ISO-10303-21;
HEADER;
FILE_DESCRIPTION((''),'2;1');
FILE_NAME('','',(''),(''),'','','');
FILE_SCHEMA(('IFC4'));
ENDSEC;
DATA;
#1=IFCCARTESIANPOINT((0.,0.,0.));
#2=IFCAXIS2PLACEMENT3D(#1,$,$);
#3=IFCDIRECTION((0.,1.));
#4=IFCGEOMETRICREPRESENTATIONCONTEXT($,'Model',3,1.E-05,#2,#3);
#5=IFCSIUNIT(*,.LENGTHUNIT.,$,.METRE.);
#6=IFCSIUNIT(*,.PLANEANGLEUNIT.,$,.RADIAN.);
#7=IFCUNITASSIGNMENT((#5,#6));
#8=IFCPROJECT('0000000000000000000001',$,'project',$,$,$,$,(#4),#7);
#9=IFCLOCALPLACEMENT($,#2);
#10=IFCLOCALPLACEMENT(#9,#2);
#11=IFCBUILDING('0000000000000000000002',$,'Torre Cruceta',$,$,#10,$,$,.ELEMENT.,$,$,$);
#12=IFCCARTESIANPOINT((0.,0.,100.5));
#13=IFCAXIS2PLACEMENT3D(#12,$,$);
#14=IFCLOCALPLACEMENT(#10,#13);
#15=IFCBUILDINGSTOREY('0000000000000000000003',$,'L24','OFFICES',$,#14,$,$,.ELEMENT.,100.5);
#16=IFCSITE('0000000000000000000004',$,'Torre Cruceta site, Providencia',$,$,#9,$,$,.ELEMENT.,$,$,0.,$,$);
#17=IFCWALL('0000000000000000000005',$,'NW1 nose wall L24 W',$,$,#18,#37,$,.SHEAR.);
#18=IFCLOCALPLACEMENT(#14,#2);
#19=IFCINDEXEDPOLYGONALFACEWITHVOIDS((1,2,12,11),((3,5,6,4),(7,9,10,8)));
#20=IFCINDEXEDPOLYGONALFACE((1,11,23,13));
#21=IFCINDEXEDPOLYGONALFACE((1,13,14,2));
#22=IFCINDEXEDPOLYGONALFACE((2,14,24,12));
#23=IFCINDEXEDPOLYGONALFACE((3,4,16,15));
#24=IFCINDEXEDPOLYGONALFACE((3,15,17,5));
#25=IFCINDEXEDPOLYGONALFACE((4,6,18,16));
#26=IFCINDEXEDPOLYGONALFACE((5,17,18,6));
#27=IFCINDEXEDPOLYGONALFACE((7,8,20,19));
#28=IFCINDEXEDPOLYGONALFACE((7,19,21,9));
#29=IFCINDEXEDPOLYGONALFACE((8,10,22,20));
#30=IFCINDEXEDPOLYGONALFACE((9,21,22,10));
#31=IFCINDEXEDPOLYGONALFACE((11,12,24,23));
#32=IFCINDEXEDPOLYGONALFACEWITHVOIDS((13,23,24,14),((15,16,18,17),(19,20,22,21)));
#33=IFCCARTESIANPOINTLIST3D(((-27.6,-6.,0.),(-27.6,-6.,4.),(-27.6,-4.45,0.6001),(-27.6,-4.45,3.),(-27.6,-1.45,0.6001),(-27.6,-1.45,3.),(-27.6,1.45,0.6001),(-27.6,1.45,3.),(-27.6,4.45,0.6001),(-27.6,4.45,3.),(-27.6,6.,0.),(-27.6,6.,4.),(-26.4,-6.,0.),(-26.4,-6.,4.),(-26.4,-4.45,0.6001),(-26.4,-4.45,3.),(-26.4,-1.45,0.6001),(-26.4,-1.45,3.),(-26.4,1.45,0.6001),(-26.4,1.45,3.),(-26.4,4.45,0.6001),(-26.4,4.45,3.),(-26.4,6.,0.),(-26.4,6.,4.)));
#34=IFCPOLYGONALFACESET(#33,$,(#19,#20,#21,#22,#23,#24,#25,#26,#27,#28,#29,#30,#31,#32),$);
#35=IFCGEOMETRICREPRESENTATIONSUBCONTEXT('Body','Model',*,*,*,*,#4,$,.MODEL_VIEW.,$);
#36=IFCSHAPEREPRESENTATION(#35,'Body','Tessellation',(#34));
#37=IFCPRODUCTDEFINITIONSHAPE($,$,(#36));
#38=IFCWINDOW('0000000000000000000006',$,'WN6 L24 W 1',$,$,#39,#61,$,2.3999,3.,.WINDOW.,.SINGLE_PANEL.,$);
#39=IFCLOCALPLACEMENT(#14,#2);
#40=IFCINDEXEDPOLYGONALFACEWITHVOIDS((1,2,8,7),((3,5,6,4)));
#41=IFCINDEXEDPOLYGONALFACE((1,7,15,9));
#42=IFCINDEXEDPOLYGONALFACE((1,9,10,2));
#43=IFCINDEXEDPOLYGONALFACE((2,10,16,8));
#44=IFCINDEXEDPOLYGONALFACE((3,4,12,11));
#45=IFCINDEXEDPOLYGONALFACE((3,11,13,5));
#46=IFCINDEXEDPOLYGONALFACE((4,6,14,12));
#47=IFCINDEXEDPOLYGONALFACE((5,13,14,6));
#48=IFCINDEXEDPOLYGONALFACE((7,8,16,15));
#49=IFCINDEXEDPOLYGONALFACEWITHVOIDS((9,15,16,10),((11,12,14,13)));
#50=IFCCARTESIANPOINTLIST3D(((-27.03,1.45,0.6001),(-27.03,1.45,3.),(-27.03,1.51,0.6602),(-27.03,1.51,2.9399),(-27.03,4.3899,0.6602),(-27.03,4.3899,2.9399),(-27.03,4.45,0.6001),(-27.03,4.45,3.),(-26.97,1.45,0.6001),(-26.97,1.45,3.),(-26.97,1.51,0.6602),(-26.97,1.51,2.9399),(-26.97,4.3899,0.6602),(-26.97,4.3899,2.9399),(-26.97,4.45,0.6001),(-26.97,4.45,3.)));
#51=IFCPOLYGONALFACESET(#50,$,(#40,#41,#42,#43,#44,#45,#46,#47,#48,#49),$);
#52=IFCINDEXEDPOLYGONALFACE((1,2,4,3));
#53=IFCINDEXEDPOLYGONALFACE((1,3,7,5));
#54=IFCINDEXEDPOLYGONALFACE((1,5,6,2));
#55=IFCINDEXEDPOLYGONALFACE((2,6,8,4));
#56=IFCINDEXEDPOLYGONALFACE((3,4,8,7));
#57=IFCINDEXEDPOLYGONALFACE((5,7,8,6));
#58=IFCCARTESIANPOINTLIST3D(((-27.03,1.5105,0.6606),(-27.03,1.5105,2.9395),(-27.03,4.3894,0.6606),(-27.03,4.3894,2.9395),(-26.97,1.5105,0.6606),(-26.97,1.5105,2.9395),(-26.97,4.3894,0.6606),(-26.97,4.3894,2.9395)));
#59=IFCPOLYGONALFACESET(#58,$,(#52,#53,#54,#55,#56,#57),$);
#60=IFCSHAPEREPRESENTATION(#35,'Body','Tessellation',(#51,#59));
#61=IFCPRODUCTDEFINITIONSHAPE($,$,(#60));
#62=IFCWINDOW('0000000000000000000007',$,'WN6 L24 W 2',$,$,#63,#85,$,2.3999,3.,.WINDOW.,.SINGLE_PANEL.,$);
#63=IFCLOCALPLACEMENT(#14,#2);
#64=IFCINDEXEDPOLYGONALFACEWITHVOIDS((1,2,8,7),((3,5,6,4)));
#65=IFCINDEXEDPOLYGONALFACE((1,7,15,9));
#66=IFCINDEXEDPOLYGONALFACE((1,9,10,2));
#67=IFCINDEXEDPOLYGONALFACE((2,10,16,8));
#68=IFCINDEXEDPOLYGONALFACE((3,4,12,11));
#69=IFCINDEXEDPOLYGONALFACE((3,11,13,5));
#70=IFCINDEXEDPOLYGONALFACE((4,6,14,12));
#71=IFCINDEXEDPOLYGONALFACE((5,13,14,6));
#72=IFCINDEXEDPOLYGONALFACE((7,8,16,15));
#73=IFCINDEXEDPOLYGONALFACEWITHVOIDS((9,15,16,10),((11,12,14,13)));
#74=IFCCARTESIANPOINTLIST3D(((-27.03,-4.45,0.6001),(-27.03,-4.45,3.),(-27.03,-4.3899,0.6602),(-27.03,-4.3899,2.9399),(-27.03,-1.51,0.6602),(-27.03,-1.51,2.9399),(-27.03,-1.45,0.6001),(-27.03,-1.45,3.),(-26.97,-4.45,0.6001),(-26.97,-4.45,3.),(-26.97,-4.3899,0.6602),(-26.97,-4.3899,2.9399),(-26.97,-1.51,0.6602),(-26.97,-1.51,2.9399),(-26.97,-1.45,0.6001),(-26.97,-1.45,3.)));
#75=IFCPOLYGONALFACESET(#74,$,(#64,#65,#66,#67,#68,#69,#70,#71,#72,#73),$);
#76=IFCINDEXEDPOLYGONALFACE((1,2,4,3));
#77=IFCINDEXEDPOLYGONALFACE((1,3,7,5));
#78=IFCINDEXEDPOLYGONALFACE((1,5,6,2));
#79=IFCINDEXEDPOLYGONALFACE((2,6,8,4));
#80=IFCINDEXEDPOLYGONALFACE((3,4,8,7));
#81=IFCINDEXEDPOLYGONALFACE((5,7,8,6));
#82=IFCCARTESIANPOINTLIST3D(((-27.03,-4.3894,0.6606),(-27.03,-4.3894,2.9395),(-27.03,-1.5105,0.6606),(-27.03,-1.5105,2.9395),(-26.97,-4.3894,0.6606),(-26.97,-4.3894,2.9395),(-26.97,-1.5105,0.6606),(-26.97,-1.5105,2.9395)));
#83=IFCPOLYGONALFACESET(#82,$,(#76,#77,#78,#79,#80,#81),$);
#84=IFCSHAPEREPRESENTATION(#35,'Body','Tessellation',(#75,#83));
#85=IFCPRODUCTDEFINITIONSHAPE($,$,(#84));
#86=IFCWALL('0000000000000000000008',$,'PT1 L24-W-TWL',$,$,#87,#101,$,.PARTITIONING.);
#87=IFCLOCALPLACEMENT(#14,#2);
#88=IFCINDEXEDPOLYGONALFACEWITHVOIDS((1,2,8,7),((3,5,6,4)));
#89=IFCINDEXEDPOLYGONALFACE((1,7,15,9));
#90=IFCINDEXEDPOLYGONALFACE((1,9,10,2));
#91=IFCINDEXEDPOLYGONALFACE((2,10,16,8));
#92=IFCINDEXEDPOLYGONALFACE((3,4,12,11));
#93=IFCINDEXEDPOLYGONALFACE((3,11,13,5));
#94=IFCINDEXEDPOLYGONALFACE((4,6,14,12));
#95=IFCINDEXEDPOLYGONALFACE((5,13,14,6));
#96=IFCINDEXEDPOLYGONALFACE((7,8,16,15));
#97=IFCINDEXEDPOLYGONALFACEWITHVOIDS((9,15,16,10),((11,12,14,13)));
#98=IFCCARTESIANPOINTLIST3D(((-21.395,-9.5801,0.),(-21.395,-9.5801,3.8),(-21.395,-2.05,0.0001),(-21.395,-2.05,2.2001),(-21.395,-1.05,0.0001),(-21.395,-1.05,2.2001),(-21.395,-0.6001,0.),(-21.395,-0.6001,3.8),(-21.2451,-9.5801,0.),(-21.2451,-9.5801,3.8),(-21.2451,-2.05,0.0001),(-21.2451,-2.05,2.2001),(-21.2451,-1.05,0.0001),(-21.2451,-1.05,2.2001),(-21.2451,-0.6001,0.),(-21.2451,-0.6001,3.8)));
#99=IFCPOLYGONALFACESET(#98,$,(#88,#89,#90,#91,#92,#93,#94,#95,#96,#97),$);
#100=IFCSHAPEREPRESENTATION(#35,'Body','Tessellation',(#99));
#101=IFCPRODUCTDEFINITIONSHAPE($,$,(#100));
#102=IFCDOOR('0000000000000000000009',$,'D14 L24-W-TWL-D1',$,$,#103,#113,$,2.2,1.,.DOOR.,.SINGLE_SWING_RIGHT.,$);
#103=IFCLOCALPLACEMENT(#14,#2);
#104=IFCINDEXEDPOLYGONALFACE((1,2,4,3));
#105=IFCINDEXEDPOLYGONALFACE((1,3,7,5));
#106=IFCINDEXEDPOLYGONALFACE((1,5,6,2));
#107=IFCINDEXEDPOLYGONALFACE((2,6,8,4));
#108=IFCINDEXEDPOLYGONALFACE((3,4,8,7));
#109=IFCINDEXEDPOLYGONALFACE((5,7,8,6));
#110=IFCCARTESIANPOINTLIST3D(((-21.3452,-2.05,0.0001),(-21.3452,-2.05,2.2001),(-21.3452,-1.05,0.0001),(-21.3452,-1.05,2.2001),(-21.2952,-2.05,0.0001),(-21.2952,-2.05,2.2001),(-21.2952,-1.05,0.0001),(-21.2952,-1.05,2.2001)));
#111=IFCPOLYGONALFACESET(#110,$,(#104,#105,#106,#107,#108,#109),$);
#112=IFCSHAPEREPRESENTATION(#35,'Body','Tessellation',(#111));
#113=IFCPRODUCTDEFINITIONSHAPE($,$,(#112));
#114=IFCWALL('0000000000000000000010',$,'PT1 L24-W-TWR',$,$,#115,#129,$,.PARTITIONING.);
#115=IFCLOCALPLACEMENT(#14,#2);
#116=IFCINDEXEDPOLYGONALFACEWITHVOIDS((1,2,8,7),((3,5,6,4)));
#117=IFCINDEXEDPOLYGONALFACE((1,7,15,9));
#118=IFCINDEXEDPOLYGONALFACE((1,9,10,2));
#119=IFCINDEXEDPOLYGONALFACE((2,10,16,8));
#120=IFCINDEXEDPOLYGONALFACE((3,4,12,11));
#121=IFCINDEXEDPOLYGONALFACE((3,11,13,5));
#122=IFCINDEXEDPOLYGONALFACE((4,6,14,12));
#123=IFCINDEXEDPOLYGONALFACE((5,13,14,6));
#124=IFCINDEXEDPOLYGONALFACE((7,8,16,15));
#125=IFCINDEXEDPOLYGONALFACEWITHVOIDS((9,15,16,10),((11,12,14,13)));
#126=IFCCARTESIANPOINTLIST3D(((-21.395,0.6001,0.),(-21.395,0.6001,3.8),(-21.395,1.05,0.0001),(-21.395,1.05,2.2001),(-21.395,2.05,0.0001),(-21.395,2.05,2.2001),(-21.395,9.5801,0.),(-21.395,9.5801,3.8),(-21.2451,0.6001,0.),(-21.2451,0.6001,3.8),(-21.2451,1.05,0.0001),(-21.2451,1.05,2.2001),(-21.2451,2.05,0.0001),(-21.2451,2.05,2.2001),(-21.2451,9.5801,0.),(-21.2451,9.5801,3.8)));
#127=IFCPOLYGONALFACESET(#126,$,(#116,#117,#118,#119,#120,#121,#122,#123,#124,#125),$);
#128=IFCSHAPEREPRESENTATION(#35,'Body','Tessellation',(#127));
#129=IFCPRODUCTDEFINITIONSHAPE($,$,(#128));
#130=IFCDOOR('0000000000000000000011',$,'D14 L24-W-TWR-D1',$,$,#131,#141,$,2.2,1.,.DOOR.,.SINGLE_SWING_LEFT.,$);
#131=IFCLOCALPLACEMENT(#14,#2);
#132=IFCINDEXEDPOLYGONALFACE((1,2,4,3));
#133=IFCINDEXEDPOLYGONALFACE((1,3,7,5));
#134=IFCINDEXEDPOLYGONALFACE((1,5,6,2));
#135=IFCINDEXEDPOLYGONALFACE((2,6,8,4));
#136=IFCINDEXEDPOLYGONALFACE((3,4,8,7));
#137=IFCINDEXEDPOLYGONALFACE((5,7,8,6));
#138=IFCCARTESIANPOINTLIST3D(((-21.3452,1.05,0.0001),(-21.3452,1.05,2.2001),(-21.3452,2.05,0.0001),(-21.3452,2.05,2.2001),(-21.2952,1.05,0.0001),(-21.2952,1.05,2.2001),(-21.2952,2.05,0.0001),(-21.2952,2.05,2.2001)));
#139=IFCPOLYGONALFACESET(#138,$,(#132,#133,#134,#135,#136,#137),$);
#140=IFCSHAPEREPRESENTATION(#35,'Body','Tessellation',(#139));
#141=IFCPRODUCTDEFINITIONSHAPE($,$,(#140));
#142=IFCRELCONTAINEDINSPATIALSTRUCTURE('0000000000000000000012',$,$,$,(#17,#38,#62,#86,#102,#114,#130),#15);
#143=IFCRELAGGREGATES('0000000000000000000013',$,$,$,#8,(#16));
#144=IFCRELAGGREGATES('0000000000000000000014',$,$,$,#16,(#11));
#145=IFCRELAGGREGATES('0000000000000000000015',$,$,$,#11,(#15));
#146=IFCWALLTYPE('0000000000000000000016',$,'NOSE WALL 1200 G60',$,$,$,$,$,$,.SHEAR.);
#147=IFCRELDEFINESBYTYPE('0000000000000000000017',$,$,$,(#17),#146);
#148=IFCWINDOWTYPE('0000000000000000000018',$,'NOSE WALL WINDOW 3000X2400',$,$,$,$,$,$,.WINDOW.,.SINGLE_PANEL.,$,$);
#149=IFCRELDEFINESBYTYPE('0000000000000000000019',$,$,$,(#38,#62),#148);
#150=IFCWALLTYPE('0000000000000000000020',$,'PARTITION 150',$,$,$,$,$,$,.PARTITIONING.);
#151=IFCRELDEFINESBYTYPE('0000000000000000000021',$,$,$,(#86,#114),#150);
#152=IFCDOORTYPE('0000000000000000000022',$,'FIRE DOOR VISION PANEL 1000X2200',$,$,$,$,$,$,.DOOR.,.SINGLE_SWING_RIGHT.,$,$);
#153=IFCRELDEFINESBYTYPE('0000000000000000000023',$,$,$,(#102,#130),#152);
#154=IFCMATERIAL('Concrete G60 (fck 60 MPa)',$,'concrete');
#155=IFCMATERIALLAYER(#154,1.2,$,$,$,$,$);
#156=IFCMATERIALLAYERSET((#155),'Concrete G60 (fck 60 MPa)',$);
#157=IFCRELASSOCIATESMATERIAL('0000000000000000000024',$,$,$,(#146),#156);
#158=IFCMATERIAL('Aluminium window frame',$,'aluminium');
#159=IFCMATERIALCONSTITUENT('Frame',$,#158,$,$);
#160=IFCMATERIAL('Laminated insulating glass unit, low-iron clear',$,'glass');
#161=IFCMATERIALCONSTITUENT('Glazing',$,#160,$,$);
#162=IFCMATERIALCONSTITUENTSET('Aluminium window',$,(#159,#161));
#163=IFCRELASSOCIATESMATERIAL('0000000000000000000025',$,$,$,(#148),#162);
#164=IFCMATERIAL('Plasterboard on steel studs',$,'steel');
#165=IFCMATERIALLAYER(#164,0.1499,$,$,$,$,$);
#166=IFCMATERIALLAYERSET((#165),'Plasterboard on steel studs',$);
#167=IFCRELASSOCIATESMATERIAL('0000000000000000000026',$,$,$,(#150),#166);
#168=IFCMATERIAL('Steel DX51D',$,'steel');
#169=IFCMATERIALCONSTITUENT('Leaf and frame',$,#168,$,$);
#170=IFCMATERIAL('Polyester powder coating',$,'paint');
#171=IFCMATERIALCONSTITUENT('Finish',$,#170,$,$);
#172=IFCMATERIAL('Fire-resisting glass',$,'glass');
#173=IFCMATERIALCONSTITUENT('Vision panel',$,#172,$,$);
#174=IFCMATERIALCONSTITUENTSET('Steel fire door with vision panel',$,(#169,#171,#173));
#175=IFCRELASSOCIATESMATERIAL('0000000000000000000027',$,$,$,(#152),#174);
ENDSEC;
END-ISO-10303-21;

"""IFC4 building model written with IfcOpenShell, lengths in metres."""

from ifc_helpers import new_model, si_unit, direction, frame, frame_2d, origin, place, context, subcontext, project, spatial, rectangle, hollow_rectangle, extrude, material, layer, layer_set, constituent, constituent_set, type_object, element, fill, save


model = new_model("IFC4")

# Units and contexts
model_context = context("Model", 3, precision=1e-05, world=origin(), true_north=direction((0.0, 1.0)))
body_context = subcontext(model_context, "Body", "Model", "MODEL_VIEW")
ifc_project = project(units=[si_unit("LENGTHUNIT", "METRE"), si_unit("PLANEANGLEUNIT", "RADIAN")], contexts=[model_context])

# Site, building, storey
site_placement = place(None, origin())
site = spatial("IfcSite", under=ifc_project, at=site_placement, Name="Torre Cruceta site, Providencia", CompositionType="ELEMENT", RefElevation=0.0)
building_placement = place(site_placement, origin())
building = spatial("IfcBuilding", under=site, at=building_placement, Name="Torre Cruceta", CompositionType="ELEMENT")
storey_placement = place(building_placement, frame((0.0, 0.0, 100.5)))
storey = spatial("IfcBuildingStorey", under=building, at=storey_placement, Name="L24", Description="OFFICES", CompositionType="ELEMENT", Elevation=100.5)

# Wall, openings, windows
ifc_material_1 = material(Name="Concrete G60 (fck 60 MPa)", Category="concrete")
ifc_layer_1 = layer(ifc_material_1, 1.2)
ifc_layer_set_1 = layer_set([ifc_layer_1], Name="Concrete G60 (fck 60 MPa)")
wall_type_1 = type_object("IfcWallType", Name="NOSE WALL 1200 G60", PredefinedType="SHEAR", material=ifc_layer_set_1)
wall_1_placement = place(storey_placement, frame((-27.0, 6.0, 0.0), z_axis=(0.0, 0.0, 1.0), x_axis=(0.0, -1.0, 0.0)))
wall_1 = element("IfcWall", 1, at=wall_1_placement, inside=storey, type_object=wall_type_1, Name="NW1 nose wall L24 W", PredefinedType="SHEAR", context=body_context, shape_type="SweptSolid", body=[
    extrude(rectangle(XDim=12.0, YDim=1.2, at=frame_2d((6.0, 0.0))), origin(), (0.0, 0.0, 1.0), 4.0),
])
opening_1_placement = place(wall_1_placement, frame((1.55, 0.0, 0.6001)))
opening_1 = element("IfcOpeningElement", 2, at=opening_1_placement, cuts=wall_1, PredefinedType="OPENING", context=body_context, shape_type="SweptSolid", body=[
    extrude(rectangle(XDim=3.0, YDim=2.3999, at=frame_2d((1.5, 1.2))), frame((0.0, 0.6099, 0.0), z_axis=(0.0, -1.0, 0.0), x_axis=(1.0, 0.0, 0.0)), (0.0, 0.0, 1.0), 1.22),
])
opening_2_placement = place(wall_1_placement, frame((7.45, 0.0, 0.6001)))
opening_2 = element("IfcOpeningElement", 3, at=opening_2_placement, cuts=wall_1, PredefinedType="OPENING", context=body_context, shape_type="SweptSolid", body=[
    extrude(rectangle(XDim=3.0, YDim=2.3999, at=frame_2d((1.5, 1.2))), frame((0.0, 0.6099, 0.0), z_axis=(0.0, -1.0, 0.0), x_axis=(1.0, 0.0, 0.0)), (0.0, 0.0, 1.0), 1.22),
])
ifc_material_2 = material(Name="Aluminium window frame", Category="aluminium")
ifc_constituent_1 = constituent(ifc_material_2, Name="Frame")
ifc_material_3 = material(Name="Laminated insulating glass unit, low-iron clear", Category="glass")
ifc_constituent_2 = constituent(ifc_material_3, Name="Glazing")
ifc_constituent_set_1 = constituent_set(constituents=[ifc_constituent_1, ifc_constituent_2], Name="Aluminium window")
window_type_1 = type_object("IfcWindowType", Name="NOSE WALL WINDOW 3000X2400", PartitioningType="SINGLE_PANEL", PredefinedType="WINDOW", material=ifc_constituent_set_1)
window_1_placement = place(opening_1_placement, origin())
window_1 = element("IfcWindow", 4, at=window_1_placement, inside=storey, type_object=window_type_1, Name="WN6 L24 W 1", OverallHeight=2.3999, OverallWidth=3.0, PartitioningType="SINGLE_PANEL", PredefinedType="WINDOW", context=body_context, shape_type="SweptSolid", body=[
    extrude(hollow_rectangle(XDim=3.0, YDim=2.3999, WallThickness=0.0601, at=frame_2d((1.5, 1.2))), frame((0.0, 0.03, 0.0), z_axis=(0.0, -1.0, 0.0), x_axis=(1.0, 0.0, 0.0)), (0.0, 0.0, 1.0), 0.0601),
    extrude(rectangle(XDim=2.8789, YDim=2.2788, at=frame_2d((1.5, 1.2))), frame((0.0, 0.03, 0.0), z_axis=(0.0, -1.0, 0.0), x_axis=(1.0, 0.0, 0.0)), (0.0, 0.0, 1.0), 0.0601),
])
fill(opening_1, window_1)
window_2_placement = place(opening_2_placement, origin())
window_2 = element("IfcWindow", 5, at=window_2_placement, inside=storey, type_object=window_type_1, Name="WN6 L24 W 2", OverallHeight=2.3999, OverallWidth=3.0, PartitioningType="SINGLE_PANEL", PredefinedType="WINDOW", context=body_context, shape_type="SweptSolid", body=[
    extrude(hollow_rectangle(XDim=3.0, YDim=2.3999, WallThickness=0.0601, at=frame_2d((1.5, 1.2))), frame((0.0, 0.03, 0.0), z_axis=(0.0, -1.0, 0.0), x_axis=(1.0, 0.0, 0.0)), (0.0, 0.0, 1.0), 0.0601),
    extrude(rectangle(XDim=2.8789, YDim=2.2788, at=frame_2d((1.5, 1.2))), frame((0.0, 0.03, 0.0), z_axis=(0.0, -1.0, 0.0), x_axis=(1.0, 0.0, 0.0)), (0.0, 0.0, 1.0), 0.0601),
])
fill(opening_2, window_2)

# Walls, openings, doors
ifc_material_4 = material(Name="Plasterboard on steel studs", Category="steel")
ifc_layer_2 = layer(ifc_material_4, 0.1499)
ifc_layer_set_2 = layer_set([ifc_layer_2], Name="Plasterboard on steel studs")
wall_type_2 = type_object("IfcWallType", Name="PARTITION 150", PredefinedType="PARTITIONING", material=ifc_layer_set_2)
wall_2_placement = place(storey_placement, frame((-21.3201, -0.6001, 0.0), z_axis=(0.0, 0.0, 1.0), x_axis=(0.0, -1.0, 0.0)))
wall_2 = element("IfcWall", 6, at=wall_2_placement, inside=storey, type_object=wall_type_2, Name="PT1 L24-W-TWL", PredefinedType="PARTITIONING", context=body_context, shape_type="SweptSolid", body=[
    extrude(rectangle(XDim=8.98, YDim=0.1499, at=frame_2d((4.49, 0.0))), origin(), (0.0, 0.0, 1.0), 3.8),
])
opening_3_placement = place(wall_2_placement, frame((0.45, 0.0, 0.0)))
opening_3 = element("IfcOpeningElement", 7, at=opening_3_placement, cuts=wall_2, PredefinedType="OPENING", context=body_context, shape_type="SweptSolid", body=[
    extrude(rectangle(XDim=1.0, YDim=2.2, at=frame_2d((0.5, 1.1001))), frame((0.0, 0.085, 0.0), z_axis=(0.0, -1.0, 0.0), x_axis=(1.0, 0.0, 0.0)), (0.0, 0.0, 1.0), 0.1699),
])
ifc_material_5 = material(Name="Steel DX51D", Category="steel")
ifc_constituent_3 = constituent(ifc_material_5, Name="Leaf and frame")
ifc_material_6 = material(Name="Polyester powder coating", Category="paint")
ifc_constituent_4 = constituent(ifc_material_6, Name="Finish")
ifc_material_7 = material(Name="Fire-resisting glass", Category="glass")
ifc_constituent_5 = constituent(ifc_material_7, Name="Vision panel")
ifc_constituent_set_2 = constituent_set(constituents=[ifc_constituent_3, ifc_constituent_4, ifc_constituent_5], Name="Steel fire door with vision panel")
door_type = type_object("IfcDoorType", Name="FIRE DOOR VISION PANEL 1000X2200", OperationType="SINGLE_SWING_RIGHT", PredefinedType="DOOR", material=ifc_constituent_set_2)
door_1_placement = place(opening_3_placement, frame((1.0, 0.0, 0.0), z_axis=(0.0, 0.0, 1.0), x_axis=(-1.0, 0.0, 0.0)))
door_1 = element("IfcDoor", 8, at=door_1_placement, inside=storey, type_object=door_type, Name="D14 L24-W-TWL-D1", OperationType="SINGLE_SWING_RIGHT", OverallHeight=2.2, OverallWidth=1.0, PredefinedType="DOOR", context=body_context, shape_type="SweptSolid", body=[
    extrude(rectangle(XDim=1.0, YDim=2.2, at=frame_2d((0.5, 1.1001))), frame((0.0, 0.0251, 0.0), z_axis=(0.0, -1.0, 0.0), x_axis=(1.0, 0.0, 0.0)), (0.0, 0.0, 1.0), 0.05),
])
fill(opening_3, door_1)
wall_3_placement = place(storey_placement, frame((-21.3201, 9.5801, 0.0), z_axis=(0.0, 0.0, 1.0), x_axis=(0.0, -1.0, 0.0)))
wall_3 = element("IfcWall", 9, at=wall_3_placement, inside=storey, type_object=wall_type_2, Name="PT1 L24-W-TWR", PredefinedType="PARTITIONING", context=body_context, shape_type="SweptSolid", body=[
    extrude(rectangle(XDim=8.98, YDim=0.1499, at=frame_2d((4.49, 0.0))), origin(), (0.0, 0.0, 1.0), 3.8),
])
opening_4_placement = place(wall_3_placement, frame((7.53, 0.0, 0.0)))
opening_4 = element("IfcOpeningElement", 10, at=opening_4_placement, cuts=wall_3, PredefinedType="OPENING", context=body_context, shape_type="SweptSolid", body=[
    extrude(rectangle(XDim=1.0, YDim=2.2, at=frame_2d((0.5, 1.1001))), frame((0.0, 0.085, 0.0), z_axis=(0.0, -1.0, 0.0), x_axis=(1.0, 0.0, 0.0)), (0.0, 0.0, 1.0), 0.1699),
])
door_2_placement = place(opening_4_placement, frame((1.0, 0.0, 0.0), z_axis=(0.0, 0.0, 1.0), x_axis=(-1.0, 0.0, 0.0)))
door_2 = element("IfcDoor", 11, at=door_2_placement, inside=storey, type_object=door_type, Name="D14 L24-W-TWR-D1", OperationType="SINGLE_SWING_LEFT", OverallHeight=2.2, OverallWidth=1.0, PredefinedType="DOOR", context=body_context, shape_type="SweptSolid", body=[
    extrude(rectangle(XDim=1.0, YDim=2.2, at=frame_2d((0.5, 1.1001))), frame((0.0, 0.0251, 0.0), z_axis=(0.0, -1.0, 0.0), x_axis=(1.0, 0.0, 0.0)), (0.0, 0.0, 1.0), 0.05),
])
fill(opening_4, door_2)

save(model, "model.ifc")
